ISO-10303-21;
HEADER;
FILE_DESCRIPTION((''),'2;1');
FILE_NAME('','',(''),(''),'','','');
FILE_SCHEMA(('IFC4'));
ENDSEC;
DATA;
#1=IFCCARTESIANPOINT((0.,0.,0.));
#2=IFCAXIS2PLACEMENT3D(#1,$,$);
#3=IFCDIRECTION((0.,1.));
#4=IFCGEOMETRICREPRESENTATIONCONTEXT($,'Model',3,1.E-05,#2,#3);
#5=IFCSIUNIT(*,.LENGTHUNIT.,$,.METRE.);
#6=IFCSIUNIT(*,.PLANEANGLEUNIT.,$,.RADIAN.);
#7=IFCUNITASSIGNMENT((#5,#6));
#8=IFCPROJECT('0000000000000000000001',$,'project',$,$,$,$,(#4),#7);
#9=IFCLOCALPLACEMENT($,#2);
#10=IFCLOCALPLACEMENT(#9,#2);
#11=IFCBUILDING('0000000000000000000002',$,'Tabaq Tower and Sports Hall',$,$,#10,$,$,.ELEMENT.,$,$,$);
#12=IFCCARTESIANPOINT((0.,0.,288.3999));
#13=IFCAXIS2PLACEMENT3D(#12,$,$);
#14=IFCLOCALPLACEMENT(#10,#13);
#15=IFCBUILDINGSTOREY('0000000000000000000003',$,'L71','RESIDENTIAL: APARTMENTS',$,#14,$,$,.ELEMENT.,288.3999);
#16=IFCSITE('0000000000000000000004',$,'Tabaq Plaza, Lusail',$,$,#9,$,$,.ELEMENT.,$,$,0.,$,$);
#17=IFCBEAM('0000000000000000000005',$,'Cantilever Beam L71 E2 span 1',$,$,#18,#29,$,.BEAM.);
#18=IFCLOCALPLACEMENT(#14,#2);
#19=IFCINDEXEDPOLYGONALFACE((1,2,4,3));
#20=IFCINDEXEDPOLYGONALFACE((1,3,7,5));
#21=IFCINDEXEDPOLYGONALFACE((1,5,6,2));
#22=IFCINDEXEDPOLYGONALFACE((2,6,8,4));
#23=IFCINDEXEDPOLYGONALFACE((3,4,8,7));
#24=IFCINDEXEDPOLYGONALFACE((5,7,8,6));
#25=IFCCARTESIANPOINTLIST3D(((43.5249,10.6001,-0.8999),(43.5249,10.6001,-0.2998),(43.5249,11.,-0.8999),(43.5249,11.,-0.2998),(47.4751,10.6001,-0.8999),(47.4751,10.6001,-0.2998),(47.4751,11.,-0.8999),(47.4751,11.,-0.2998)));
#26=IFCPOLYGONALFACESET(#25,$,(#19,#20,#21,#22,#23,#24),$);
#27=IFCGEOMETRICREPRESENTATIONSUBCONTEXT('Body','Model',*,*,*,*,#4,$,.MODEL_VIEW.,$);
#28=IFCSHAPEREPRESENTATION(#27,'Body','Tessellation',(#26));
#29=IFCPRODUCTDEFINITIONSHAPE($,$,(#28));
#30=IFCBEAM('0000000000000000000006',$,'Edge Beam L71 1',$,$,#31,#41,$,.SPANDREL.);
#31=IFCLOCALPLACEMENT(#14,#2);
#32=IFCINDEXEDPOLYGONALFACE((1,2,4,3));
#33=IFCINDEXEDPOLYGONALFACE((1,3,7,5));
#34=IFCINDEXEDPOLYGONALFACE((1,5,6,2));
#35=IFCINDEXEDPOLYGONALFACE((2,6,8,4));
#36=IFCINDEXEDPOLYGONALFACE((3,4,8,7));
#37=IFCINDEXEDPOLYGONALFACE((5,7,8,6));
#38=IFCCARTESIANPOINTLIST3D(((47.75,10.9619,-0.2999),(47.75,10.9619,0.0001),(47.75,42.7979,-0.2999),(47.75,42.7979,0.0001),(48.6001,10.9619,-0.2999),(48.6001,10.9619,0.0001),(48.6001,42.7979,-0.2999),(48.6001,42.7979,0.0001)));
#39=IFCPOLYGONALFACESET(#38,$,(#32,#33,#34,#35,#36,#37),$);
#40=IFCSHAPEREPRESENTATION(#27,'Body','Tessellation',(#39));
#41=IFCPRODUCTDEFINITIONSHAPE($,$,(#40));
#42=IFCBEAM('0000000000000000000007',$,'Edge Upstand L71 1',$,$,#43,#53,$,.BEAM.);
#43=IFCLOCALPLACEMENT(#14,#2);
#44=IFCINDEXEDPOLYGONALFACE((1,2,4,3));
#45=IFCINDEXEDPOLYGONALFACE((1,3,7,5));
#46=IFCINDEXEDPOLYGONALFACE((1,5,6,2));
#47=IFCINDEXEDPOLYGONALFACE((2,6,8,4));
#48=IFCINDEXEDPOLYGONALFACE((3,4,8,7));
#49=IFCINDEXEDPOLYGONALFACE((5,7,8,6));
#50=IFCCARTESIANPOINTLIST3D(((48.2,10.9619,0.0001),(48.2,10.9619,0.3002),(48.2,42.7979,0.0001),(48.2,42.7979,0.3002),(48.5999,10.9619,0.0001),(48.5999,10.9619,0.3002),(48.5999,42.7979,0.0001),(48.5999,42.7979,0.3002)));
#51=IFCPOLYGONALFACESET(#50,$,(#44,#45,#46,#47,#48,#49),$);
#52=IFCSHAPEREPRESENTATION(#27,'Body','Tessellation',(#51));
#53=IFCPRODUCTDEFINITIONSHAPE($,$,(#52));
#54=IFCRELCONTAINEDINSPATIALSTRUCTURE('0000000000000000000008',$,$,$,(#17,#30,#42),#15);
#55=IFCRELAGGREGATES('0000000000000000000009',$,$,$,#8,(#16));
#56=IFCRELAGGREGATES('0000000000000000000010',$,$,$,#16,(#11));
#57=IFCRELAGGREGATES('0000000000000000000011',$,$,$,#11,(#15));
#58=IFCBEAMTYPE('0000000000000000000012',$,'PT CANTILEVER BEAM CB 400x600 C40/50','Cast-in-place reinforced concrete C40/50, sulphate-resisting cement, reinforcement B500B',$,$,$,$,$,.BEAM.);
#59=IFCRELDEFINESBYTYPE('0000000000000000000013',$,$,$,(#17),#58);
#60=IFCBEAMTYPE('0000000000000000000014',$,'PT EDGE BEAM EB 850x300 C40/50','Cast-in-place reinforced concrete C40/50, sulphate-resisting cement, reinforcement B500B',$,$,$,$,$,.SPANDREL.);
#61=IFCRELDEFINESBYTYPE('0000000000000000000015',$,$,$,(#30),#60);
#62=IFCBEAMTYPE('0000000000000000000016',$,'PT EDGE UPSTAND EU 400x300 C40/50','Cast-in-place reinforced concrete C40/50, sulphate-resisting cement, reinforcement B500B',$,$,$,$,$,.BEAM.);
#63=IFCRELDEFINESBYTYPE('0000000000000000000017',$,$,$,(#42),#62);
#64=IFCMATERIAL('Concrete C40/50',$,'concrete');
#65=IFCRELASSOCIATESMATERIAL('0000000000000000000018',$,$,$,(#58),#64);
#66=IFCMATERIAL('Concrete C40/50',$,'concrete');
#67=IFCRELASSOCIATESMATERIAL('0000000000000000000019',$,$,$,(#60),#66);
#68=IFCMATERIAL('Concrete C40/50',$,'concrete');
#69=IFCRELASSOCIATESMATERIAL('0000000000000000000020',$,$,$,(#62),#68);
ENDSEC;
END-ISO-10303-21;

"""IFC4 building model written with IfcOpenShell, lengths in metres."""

from ifc_helpers import new_model, si_unit, direction, frame, origin, origin_2d, place, context, subcontext, project, spatial, rectangle, extrude, material, material_profile, profile_set, type_object, element, save


model = new_model("IFC4")

# Units and contexts
model_context = context("Model", 3, precision=1e-05, world=origin(), true_north=direction((0.0, 1.0)))
body_context = subcontext(model_context, "Body", "Model", "MODEL_VIEW")
ifc_project = project(units=[si_unit("LENGTHUNIT", "METRE"), si_unit("PLANEANGLEUNIT", "RADIAN")], contexts=[model_context])

# Site, building, storey
site_placement = place(None, origin())
site = spatial("IfcSite", under=ifc_project, at=site_placement, Name="Tabaq Plaza, Lusail", CompositionType="ELEMENT", RefElevation=0.0)
building_placement = place(site_placement, origin())
building = spatial("IfcBuilding", under=site, at=building_placement, Name="Tabaq Tower and Sports Hall", CompositionType="ELEMENT")
storey_placement = place(building_placement, frame((0.0, 0.0, 288.3999)))
storey = spatial("IfcBuildingStorey", under=building, at=storey_placement, Name="L71", Description="RESIDENTIAL: APARTMENTS", CompositionType="ELEMENT", Elevation=288.3999)

# Beams
ifc_material_1 = material(Name="Concrete C40/50", Category="concrete")
ifc_material_profile_1 = material_profile(ifc_material_1, rectangle(XDim=0.3999, YDim=0.6001, at=origin_2d()), Name="CB 400x600")
ifc_profile_set_1 = profile_set([ifc_material_profile_1], Name="Concrete C40/50")
beam_type_1 = type_object("IfcBeamType", Name="PT CANTILEVER BEAM CB 400x600 C40/50", Description="Cast-in-place reinforced concrete C40/50, sulphate-resisting cement, reinforcement B500B", PredefinedType="BEAM", material=ifc_profile_set_1)
beam_1_placement = place(storey_placement, frame((47.4751, 10.8, -0.5999), z_axis=(-1.0, 0.0, 0.0), x_axis=(0.0, -1.0, 0.0)))
element("IfcBeam", 1, at=beam_1_placement, inside=storey, type_object=beam_type_1, Name="Cantilever Beam L71 E2 span 1", PredefinedType="BEAM", context=body_context, shape_type="SweptSolid", body=[
    extrude(rectangle(XDim=0.3999, YDim=0.6001, at=origin_2d()), origin(), (0.0, 0.0, 1.0), 3.9502),
])
ifc_material_2 = material(Name="Concrete C40/50", Category="concrete")
ifc_material_profile_2 = material_profile(ifc_material_2, rectangle(XDim=0.8501, YDim=0.3, at=origin_2d()), Name="EB 850x300")
ifc_profile_set_2 = profile_set([ifc_material_profile_2], Name="Concrete C40/50")
beam_type_2 = type_object("IfcBeamType", Name="PT EDGE BEAM EB 850x300 C40/50", Description="Cast-in-place reinforced concrete C40/50, sulphate-resisting cement, reinforcement B500B", PredefinedType="SPANDREL", material=ifc_profile_set_2)
beam_2_placement = place(storey_placement, frame((48.175, 10.9619, -0.1499), z_axis=(0.0, 1.0, 0.0), x_axis=(-1.0, 0.0, 0.0)))
element("IfcBeam", 2, at=beam_2_placement, inside=storey, type_object=beam_type_2, Name="Edge Beam L71 1", PredefinedType="SPANDREL", context=body_context, shape_type="SweptSolid", body=[
    extrude(rectangle(XDim=0.8501, YDim=0.3, at=origin_2d()), origin(), (0.0, 0.0, 1.0), 31.8359),
])
ifc_material_3 = material(Name="Concrete C40/50", Category="concrete")
ifc_material_profile_3 = material_profile(ifc_material_3, rectangle(XDim=0.3999, YDim=0.3, at=origin_2d()), Name="EU 400x300")
ifc_profile_set_3 = profile_set([ifc_material_profile_3], Name="Concrete C40/50")
beam_type_3 = type_object("IfcBeamType", Name="PT EDGE UPSTAND EU 400x300 C40/50", Description="Cast-in-place reinforced concrete C40/50, sulphate-resisting cement, reinforcement B500B", PredefinedType="BEAM", material=ifc_profile_set_3)
beam_3_placement = place(storey_placement, frame((48.3999, 10.9619, 0.1501), z_axis=(0.0, 1.0, 0.0), x_axis=(-1.0, 0.0, 0.0)))
element("IfcBeam", 3, at=beam_3_placement, inside=storey, type_object=beam_type_3, Name="Edge Upstand L71 1", PredefinedType="BEAM", context=body_context, shape_type="SweptSolid", body=[
    extrude(rectangle(XDim=0.3999, YDim=0.3, at=origin_2d()), origin(), (0.0, 0.0, 1.0), 31.8359),
])

save(model, "model.ifc")
